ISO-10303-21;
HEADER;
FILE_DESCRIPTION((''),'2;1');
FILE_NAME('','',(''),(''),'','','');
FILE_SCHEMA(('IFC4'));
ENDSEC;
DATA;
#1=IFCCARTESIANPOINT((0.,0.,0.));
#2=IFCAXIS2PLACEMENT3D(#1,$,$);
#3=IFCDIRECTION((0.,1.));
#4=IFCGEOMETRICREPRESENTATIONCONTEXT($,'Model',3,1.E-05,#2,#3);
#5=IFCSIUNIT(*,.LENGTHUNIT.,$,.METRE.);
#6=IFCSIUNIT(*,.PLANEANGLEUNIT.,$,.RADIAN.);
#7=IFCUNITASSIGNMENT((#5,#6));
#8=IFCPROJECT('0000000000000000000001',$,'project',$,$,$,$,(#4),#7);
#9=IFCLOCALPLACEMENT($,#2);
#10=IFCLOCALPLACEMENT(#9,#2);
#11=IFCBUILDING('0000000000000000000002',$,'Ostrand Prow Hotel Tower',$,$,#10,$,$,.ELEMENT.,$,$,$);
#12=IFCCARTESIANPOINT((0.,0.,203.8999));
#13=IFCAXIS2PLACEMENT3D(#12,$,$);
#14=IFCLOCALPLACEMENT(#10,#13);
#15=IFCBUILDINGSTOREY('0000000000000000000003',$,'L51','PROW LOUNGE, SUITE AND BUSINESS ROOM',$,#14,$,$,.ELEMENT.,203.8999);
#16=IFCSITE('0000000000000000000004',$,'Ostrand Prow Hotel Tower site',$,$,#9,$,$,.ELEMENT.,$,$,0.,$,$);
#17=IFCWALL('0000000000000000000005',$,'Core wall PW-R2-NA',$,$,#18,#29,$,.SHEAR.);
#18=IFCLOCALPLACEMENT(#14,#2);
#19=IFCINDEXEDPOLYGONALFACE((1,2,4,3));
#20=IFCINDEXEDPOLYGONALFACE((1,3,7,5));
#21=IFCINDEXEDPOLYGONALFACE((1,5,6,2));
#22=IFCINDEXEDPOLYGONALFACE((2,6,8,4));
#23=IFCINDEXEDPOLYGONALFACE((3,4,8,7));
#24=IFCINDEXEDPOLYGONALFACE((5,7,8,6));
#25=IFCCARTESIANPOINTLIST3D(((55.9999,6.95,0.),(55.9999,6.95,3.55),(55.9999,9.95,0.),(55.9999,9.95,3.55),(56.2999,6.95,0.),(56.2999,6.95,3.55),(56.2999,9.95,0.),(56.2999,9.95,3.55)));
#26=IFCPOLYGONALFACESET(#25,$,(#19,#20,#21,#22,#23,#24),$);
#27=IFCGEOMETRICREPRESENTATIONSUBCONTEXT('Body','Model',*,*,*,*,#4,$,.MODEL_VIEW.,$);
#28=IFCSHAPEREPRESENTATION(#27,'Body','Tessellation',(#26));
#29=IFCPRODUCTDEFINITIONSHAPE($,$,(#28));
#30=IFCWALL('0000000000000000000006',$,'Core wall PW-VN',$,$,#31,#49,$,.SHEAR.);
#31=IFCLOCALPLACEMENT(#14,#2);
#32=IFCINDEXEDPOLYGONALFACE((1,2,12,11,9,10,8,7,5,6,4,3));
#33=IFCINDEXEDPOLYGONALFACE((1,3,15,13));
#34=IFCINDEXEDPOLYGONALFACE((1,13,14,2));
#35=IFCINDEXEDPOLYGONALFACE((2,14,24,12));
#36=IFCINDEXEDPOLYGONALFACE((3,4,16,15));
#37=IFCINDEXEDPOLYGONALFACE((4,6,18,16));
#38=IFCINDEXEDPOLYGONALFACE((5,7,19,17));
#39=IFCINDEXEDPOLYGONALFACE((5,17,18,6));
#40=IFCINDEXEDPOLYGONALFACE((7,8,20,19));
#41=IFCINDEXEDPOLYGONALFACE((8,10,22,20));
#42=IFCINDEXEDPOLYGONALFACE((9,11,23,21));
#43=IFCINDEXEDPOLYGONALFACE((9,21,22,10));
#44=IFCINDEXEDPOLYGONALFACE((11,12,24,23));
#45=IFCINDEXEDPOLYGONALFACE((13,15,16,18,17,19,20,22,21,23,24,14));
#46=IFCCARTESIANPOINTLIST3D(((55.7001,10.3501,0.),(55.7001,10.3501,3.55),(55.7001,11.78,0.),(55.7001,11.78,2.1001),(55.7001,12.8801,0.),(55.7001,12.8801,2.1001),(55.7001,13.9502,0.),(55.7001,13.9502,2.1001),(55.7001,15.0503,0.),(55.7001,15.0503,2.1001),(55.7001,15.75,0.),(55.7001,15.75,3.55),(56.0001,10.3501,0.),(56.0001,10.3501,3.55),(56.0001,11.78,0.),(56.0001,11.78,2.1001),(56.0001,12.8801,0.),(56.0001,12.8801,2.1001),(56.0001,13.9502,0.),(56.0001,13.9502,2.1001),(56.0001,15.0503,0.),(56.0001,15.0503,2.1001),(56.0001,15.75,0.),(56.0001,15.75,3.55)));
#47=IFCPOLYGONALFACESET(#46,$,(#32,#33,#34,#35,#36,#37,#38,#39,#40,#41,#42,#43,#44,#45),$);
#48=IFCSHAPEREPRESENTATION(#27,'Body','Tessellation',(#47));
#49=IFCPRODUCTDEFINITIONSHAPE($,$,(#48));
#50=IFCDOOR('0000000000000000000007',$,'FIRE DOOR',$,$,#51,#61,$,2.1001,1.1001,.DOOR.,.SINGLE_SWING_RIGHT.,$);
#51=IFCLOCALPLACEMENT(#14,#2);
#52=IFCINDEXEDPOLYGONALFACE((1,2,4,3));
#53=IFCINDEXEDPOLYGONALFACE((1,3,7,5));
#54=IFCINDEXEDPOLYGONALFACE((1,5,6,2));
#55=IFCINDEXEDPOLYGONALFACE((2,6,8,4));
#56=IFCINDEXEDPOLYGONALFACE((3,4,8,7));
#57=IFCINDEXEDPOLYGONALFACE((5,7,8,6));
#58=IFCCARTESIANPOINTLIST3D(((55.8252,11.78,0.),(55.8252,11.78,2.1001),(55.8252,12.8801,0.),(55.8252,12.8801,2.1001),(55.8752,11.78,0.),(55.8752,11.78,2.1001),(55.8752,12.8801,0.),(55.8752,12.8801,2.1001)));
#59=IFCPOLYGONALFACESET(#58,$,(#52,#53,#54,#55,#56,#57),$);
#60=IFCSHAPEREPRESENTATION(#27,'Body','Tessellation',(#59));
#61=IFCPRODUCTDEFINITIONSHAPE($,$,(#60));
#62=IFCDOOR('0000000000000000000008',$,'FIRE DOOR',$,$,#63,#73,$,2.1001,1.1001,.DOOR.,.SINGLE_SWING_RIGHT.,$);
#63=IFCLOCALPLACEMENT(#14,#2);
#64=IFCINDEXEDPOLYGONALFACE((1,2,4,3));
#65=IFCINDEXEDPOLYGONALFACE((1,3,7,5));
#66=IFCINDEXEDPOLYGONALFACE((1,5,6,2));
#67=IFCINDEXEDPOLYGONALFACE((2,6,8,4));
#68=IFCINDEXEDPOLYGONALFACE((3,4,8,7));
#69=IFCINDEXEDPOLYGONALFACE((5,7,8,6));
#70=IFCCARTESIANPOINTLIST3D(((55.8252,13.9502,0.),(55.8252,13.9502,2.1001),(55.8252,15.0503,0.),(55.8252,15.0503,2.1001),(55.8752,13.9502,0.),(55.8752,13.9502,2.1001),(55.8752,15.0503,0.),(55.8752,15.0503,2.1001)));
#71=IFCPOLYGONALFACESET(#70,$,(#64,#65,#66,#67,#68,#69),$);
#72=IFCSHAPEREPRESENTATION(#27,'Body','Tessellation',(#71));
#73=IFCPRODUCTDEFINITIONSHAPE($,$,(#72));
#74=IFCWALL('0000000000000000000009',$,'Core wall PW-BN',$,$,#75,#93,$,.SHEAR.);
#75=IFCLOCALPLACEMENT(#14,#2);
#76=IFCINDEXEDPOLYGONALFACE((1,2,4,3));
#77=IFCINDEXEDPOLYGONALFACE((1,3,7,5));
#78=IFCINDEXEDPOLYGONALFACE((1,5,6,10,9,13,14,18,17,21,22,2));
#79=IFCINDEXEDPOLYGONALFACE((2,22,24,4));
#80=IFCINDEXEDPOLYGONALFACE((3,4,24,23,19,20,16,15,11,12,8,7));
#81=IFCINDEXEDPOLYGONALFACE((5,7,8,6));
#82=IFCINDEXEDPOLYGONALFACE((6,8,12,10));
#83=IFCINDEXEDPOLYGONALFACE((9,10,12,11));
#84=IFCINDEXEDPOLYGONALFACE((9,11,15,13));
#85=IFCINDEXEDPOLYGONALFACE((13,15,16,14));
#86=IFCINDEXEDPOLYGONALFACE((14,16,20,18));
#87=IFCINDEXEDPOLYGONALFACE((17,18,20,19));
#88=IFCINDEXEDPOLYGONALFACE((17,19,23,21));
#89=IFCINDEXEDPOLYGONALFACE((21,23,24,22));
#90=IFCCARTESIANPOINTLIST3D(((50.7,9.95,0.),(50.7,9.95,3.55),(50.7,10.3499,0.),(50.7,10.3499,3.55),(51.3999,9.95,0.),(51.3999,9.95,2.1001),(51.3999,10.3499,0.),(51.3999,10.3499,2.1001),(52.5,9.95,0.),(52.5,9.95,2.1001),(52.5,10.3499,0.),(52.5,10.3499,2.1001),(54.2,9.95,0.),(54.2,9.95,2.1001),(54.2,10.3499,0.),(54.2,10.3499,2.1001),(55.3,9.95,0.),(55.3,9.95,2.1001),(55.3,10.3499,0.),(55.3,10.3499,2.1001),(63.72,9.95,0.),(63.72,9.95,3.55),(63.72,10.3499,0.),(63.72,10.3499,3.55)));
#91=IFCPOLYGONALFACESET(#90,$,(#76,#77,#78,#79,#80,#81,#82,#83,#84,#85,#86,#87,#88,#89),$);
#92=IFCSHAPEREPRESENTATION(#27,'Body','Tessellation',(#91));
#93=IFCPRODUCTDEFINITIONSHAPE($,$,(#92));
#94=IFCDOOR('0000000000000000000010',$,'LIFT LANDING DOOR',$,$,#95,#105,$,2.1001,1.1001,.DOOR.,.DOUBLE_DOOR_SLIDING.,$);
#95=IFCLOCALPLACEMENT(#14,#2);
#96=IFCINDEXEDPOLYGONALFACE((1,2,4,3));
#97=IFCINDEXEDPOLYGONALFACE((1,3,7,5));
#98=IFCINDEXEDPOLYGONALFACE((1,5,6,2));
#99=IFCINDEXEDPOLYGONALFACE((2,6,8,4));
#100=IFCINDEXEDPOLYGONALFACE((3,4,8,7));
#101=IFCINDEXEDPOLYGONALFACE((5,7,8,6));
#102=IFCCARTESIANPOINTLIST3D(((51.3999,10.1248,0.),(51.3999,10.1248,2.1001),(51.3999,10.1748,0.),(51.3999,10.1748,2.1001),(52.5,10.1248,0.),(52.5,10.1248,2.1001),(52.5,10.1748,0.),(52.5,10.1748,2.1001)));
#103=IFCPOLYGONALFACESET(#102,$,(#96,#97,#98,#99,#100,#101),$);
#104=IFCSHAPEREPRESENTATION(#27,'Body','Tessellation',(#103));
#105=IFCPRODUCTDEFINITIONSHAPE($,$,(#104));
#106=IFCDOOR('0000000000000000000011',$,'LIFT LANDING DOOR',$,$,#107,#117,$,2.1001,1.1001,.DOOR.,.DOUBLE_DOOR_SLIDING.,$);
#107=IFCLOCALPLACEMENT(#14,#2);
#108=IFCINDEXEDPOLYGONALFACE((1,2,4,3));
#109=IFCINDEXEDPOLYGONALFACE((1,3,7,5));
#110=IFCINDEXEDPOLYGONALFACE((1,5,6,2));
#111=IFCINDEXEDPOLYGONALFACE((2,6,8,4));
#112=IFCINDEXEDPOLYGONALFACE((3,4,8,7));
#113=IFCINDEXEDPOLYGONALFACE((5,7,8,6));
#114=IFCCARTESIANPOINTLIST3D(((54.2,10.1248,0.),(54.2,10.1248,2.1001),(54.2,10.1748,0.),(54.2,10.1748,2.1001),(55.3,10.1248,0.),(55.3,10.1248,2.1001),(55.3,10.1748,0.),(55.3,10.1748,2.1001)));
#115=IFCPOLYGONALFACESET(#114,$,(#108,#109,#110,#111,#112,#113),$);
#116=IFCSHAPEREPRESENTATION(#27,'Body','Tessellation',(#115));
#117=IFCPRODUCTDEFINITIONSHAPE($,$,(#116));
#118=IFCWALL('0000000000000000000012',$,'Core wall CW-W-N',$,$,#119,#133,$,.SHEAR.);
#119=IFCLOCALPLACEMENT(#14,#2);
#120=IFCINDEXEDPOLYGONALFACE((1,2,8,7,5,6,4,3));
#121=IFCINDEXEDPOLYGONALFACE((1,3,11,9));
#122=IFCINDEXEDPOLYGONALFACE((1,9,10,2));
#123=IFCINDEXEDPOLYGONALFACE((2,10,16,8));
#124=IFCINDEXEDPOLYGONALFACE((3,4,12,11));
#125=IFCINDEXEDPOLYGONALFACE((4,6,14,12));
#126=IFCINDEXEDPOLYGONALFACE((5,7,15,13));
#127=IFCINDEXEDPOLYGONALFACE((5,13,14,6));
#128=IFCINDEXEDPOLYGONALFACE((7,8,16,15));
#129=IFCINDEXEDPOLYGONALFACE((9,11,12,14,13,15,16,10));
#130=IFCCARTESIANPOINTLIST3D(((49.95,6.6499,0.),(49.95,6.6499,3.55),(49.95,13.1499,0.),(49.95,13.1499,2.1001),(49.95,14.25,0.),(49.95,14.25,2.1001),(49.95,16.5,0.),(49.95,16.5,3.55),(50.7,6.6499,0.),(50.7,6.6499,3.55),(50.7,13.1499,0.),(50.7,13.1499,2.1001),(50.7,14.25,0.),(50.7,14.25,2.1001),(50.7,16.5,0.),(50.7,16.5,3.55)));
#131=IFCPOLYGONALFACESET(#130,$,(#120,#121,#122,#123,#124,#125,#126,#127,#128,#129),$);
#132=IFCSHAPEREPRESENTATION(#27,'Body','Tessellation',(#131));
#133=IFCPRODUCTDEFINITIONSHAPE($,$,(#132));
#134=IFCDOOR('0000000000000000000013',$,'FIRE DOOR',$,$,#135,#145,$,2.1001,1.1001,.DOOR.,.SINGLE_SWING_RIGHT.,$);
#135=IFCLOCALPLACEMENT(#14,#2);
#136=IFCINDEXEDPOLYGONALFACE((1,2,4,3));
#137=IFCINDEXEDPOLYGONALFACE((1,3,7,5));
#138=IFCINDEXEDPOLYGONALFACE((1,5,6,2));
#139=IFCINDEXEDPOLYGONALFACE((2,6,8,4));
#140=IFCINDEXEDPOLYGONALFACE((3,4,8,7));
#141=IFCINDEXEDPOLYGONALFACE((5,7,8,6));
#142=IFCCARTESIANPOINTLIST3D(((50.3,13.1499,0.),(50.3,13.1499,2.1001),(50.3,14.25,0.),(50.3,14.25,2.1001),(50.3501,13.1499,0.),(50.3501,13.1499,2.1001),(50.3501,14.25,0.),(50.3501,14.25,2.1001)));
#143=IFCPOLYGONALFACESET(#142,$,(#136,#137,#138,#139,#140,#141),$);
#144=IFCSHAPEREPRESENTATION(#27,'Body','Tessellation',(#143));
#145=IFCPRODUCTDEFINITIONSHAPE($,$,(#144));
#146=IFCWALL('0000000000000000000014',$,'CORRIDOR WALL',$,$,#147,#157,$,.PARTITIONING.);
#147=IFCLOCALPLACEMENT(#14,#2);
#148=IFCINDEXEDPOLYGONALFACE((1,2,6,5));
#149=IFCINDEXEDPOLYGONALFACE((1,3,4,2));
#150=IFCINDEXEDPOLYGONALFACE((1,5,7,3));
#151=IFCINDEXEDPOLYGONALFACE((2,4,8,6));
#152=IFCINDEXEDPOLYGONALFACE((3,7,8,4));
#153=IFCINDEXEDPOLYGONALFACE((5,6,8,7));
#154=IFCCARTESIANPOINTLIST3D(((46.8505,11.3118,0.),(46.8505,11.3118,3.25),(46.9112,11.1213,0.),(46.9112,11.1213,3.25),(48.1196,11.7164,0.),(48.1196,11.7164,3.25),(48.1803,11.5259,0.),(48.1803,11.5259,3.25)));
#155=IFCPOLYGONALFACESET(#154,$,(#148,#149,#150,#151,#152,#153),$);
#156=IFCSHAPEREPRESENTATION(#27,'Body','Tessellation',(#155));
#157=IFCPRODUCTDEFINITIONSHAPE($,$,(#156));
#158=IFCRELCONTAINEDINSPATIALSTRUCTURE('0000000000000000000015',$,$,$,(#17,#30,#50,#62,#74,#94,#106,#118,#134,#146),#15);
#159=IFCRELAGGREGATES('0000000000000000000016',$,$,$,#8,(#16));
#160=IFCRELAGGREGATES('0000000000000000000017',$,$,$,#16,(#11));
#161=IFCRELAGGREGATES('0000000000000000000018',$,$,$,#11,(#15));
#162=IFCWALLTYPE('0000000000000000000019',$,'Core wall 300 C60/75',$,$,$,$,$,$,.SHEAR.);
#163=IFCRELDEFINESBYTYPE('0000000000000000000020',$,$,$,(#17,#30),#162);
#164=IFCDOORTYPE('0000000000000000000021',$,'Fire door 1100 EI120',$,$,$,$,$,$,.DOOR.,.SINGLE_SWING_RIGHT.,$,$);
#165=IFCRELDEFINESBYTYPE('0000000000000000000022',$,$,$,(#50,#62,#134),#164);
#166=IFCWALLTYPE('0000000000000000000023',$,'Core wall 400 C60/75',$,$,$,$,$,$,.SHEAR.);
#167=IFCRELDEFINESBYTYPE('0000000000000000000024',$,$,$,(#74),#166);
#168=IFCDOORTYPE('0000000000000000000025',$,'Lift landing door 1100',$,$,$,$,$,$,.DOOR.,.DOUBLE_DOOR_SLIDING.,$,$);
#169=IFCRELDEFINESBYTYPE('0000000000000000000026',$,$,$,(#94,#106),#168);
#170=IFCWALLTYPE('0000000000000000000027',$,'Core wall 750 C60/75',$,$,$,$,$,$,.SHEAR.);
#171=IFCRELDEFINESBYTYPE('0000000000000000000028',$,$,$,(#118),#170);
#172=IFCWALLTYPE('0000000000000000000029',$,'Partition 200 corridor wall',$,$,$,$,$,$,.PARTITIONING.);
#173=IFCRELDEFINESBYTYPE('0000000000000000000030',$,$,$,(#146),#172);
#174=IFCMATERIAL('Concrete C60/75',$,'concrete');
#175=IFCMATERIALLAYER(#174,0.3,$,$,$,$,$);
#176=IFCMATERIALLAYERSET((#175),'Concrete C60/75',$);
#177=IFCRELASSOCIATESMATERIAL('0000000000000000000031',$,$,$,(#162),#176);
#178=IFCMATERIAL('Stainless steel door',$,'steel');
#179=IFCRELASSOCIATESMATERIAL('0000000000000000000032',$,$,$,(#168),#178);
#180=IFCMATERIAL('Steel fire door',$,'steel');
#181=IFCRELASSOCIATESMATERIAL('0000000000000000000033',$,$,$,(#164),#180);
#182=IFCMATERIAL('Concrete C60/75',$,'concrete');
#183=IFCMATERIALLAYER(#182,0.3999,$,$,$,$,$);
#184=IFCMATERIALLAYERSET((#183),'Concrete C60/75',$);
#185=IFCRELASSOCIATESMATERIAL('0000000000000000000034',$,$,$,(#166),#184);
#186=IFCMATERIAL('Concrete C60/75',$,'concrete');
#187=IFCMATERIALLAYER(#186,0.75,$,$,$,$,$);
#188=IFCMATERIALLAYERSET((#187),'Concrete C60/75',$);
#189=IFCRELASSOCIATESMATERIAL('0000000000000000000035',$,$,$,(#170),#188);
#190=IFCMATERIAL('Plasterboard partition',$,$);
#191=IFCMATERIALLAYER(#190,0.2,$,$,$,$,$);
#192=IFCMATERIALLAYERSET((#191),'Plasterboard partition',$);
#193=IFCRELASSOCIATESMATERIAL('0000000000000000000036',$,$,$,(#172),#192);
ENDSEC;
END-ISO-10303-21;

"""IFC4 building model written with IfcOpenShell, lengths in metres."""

from ifc_helpers import new_model, si_unit, direction, frame, frame_2d, origin, place, context, subcontext, project, spatial, rectangle, extrude, material, layer, layer_set, type_object, element, fill, save


model = new_model("IFC4")

# Units and contexts
model_context = context("Model", 3, precision=1e-05, world=origin(), true_north=direction((0.0, 1.0)))
body_context = subcontext(model_context, "Body", "Model", "MODEL_VIEW")
ifc_project = project(units=[si_unit("LENGTHUNIT", "METRE"), si_unit("PLANEANGLEUNIT", "RADIAN")], contexts=[model_context])

# Site, building, storey
site_placement = place(None, origin())
site = spatial("IfcSite", under=ifc_project, at=site_placement, Name="Ostrand Prow Hotel Tower site", CompositionType="ELEMENT", RefElevation=0.0)
building_placement = place(site_placement, origin())
building = spatial("IfcBuilding", under=site, at=building_placement, Name="Ostrand Prow Hotel Tower", CompositionType="ELEMENT")
storey_placement = place(building_placement, frame((0.0, 0.0, 203.8999)))
storey = spatial("IfcBuildingStorey", under=building, at=storey_placement, Name="L51", Description="PROW LOUNGE, SUITE AND BUSINESS ROOM", CompositionType="ELEMENT", Elevation=203.8999)

# Shared definitions
ifc_material_1 = material(Name="Concrete C60/75", Category="concrete")
ifc_layer_1 = layer(ifc_material_1, 0.3)
ifc_layer_set_1 = layer_set([ifc_layer_1], Name="Concrete C60/75")
wall_type_1 = type_object("IfcWallType", Name="Core wall 300 C60/75", PredefinedType="SHEAR", material=ifc_layer_set_1)
ifc_material_2 = material(Name="Stainless steel door", Category="steel")
door_type_1 = type_object("IfcDoorType", Name="Lift landing door 1100", OperationType="DOUBLE_DOOR_SLIDING", PredefinedType="DOOR", material=ifc_material_2)

# Wall
for number, where, z_axis, x_axis, name in (
    (1, (56.1499, 6.95, 0.0), (0.0, 0.0, 1.0), (0.0, 1.0, 0.0), "Core wall PW-R2-NA"),
):
    element("IfcWall", number, at=place(storey_placement, frame(where, z_axis=z_axis, x_axis=x_axis)), inside=storey, type_object=wall_type_1, Name=name, PredefinedType="SHEAR", context=body_context, shape_type="SweptSolid", body=[
        extrude(rectangle(XDim=3.0, YDim=0.3, at=frame_2d((1.5, 0.0))), origin(), (0.0, 0.0, 1.0), 3.55),
    ])

# Walls, openings, doors
wall_1_placement = place(storey_placement, frame((55.8501, 10.3501, 0.0), z_axis=(0.0, 0.0, 1.0), x_axis=(0.0, 1.0, 0.0)))
wall_1 = element("IfcWall", 2, at=wall_1_placement, inside=storey, type_object=wall_type_1, Name="Core wall PW-VN", PredefinedType="SHEAR", context=body_context, shape_type="SweptSolid", body=[
    extrude(rectangle(XDim=5.3999, YDim=0.3, at=frame_2d((2.7, 0.0))), origin(), (0.0, 0.0, 1.0), 3.55),
])
opening_1_placement = place(wall_1_placement, frame((1.4299, 0.0, 0.0)))
opening_1 = element("IfcOpeningElement", 3, at=opening_1_placement, cuts=wall_1, PredefinedType="OPENING", context=body_context, shape_type="SweptSolid", body=[
    extrude(rectangle(XDim=1.1001, YDim=2.1001, at=frame_2d((0.55, 1.05))), frame((0.0, 0.1599, 0.0), z_axis=(0.0, -1.0, 0.0), x_axis=(1.0, 0.0, 0.0)), (0.0, 0.0, 1.0), 0.3201),
])
opening_2_placement = place(wall_1_placement, frame((3.6001, 0.0, 0.0)))
opening_2 = element("IfcOpeningElement", 4, at=opening_2_placement, cuts=wall_1, PredefinedType="OPENING", context=body_context, shape_type="SweptSolid", body=[
    extrude(rectangle(XDim=1.1001, YDim=2.1001, at=frame_2d((0.55, 1.05))), frame((0.0, 0.1599, 0.0), z_axis=(0.0, -1.0, 0.0), x_axis=(1.0, 0.0, 0.0)), (0.0, 0.0, 1.0), 0.3201),
])
ifc_material_3 = material(Name="Steel fire door", Category="steel")
door_type_2 = type_object("IfcDoorType", Name="Fire door 1100 EI120", OperationType="SINGLE_SWING_RIGHT", PredefinedType="DOOR", material=ifc_material_3)
door_1_placement = place(opening_1_placement, origin())
door_1 = element("IfcDoor", 5, at=door_1_placement, inside=storey, type_object=door_type_2, Name="FIRE DOOR", OperationType="SINGLE_SWING_RIGHT", OverallHeight=2.1001, OverallWidth=1.1001, PredefinedType="DOOR", context=body_context, shape_type="SweptSolid", body=[
    extrude(rectangle(XDim=1.1001, YDim=2.1001, at=frame_2d((0.55, 1.05))), frame((0.0, 0.0249, 0.0), z_axis=(0.0, -1.0, 0.0), x_axis=(1.0, 0.0, 0.0)), (0.0, 0.0, 1.0), 0.05),
])
fill(opening_1, door_1)
door_2_placement = place(opening_2_placement, origin())
door_2 = element("IfcDoor", 6, at=door_2_placement, inside=storey, type_object=door_type_2, Name="FIRE DOOR", OperationType="SINGLE_SWING_RIGHT", OverallHeight=2.1001, OverallWidth=1.1001, PredefinedType="DOOR", context=body_context, shape_type="SweptSolid", body=[
    extrude(rectangle(XDim=1.1001, YDim=2.1001, at=frame_2d((0.55, 1.05))), frame((0.0, 0.0249, 0.0), z_axis=(0.0, -1.0, 0.0), x_axis=(1.0, 0.0, 0.0)), (0.0, 0.0, 1.0), 0.05),
])
fill(opening_2, door_2)
ifc_material_4 = material(Name="Concrete C60/75", Category="concrete")
ifc_layer_2 = layer(ifc_material_4, 0.3999)
ifc_layer_set_2 = layer_set([ifc_layer_2], Name="Concrete C60/75")
wall_type_2 = type_object("IfcWallType", Name="Core wall 400 C60/75", PredefinedType="SHEAR", material=ifc_layer_set_2)
wall_2_placement = place(storey_placement, frame((50.7, 10.1499, 0.0), z_axis=(0.0, 0.0, 1.0), x_axis=(1.0, 0.0, 0.0)))
wall_2 = element("IfcWall", 7, at=wall_2_placement, inside=storey, type_object=wall_type_2, Name="Core wall PW-BN", PredefinedType="SHEAR", context=body_context, shape_type="SweptSolid", body=[
    extrude(rectangle(XDim=13.02, YDim=0.3999, at=frame_2d((6.51, 0.0))), origin(), (0.0, 0.0, 1.0), 3.55),
])
opening_3_placement = place(wall_2_placement, frame((0.7, 0.0, 0.0)))
opening_3 = element("IfcOpeningElement", 8, at=opening_3_placement, cuts=wall_2, PredefinedType="OPENING", context=body_context, shape_type="SweptSolid", body=[
    extrude(rectangle(XDim=1.1001, YDim=2.1001, at=frame_2d((0.55, 1.05))), frame((0.0, 0.21, 0.0), z_axis=(0.0, -1.0, 0.0), x_axis=(1.0, 0.0, 0.0)), (0.0, 0.0, 1.0), 0.4199),
])
opening_4_placement = place(wall_2_placement, frame((3.5, 0.0, 0.0)))
opening_4 = element("IfcOpeningElement", 9, at=opening_4_placement, cuts=wall_2, PredefinedType="OPENING", context=body_context, shape_type="SweptSolid", body=[
    extrude(rectangle(XDim=1.1001, YDim=2.1001, at=frame_2d((0.55, 1.05))), frame((0.0, 0.21, 0.0), z_axis=(0.0, -1.0, 0.0), x_axis=(1.0, 0.0, 0.0)), (0.0, 0.0, 1.0), 0.4199),
])
door_3_placement = place(opening_3_placement, origin())
door_3 = element("IfcDoor", 10, at=door_3_placement, inside=storey, type_object=door_type_1, Name="LIFT LANDING DOOR", OperationType="DOUBLE_DOOR_SLIDING", OverallHeight=2.1001, OverallWidth=1.1001, PredefinedType="DOOR", context=body_context, shape_type="SweptSolid", body=[
    extrude(rectangle(XDim=1.1001, YDim=2.1001, at=frame_2d((0.55, 1.05))), frame((0.0, 0.0249, 0.0), z_axis=(0.0, -1.0, 0.0), x_axis=(1.0, 0.0, 0.0)), (0.0, 0.0, 1.0), 0.05),
])
fill(opening_3, door_3)
door_4_placement = place(opening_4_placement, origin())
door_4 = element("IfcDoor", 11, at=door_4_placement, inside=storey, type_object=door_type_1, Name="LIFT LANDING DOOR", OperationType="DOUBLE_DOOR_SLIDING", OverallHeight=2.1001, OverallWidth=1.1001, PredefinedType="DOOR", context=body_context, shape_type="SweptSolid", body=[
    extrude(rectangle(XDim=1.1001, YDim=2.1001, at=frame_2d((0.55, 1.05))), frame((0.0, 0.0249, 0.0), z_axis=(0.0, -1.0, 0.0), x_axis=(1.0, 0.0, 0.0)), (0.0, 0.0, 1.0), 0.05),
])
fill(opening_4, door_4)

# Wall, opening, door
ifc_material_5 = material(Name="Concrete C60/75", Category="concrete")
ifc_layer_3 = layer(ifc_material_5, 0.75)
ifc_layer_set_3 = layer_set([ifc_layer_3], Name="Concrete C60/75")
wall_type_3 = type_object("IfcWallType", Name="Core wall 750 C60/75", PredefinedType="SHEAR", material=ifc_layer_set_3)
wall_3_placement = place(storey_placement, frame((50.325, 6.6499, 0.0), z_axis=(0.0, 0.0, 1.0), x_axis=(0.0, 1.0, 0.0)))
wall_3 = element("IfcWall", 12, at=wall_3_placement, inside=storey, type_object=wall_type_3, Name="Core wall CW-W-N", PredefinedType="SHEAR", context=body_context, shape_type="SweptSolid", body=[
    extrude(rectangle(XDim=9.8501, YDim=0.75, at=frame_2d((4.925, 0.0))), origin(), (0.0, 0.0, 1.0), 3.55),
])
opening_5_placement = place(wall_3_placement, frame((6.5, 0.0, 0.0)))
opening_5 = element("IfcOpeningElement", 13, at=opening_5_placement, cuts=wall_3, PredefinedType="OPENING", context=body_context, shape_type="SweptSolid", body=[
    extrude(rectangle(XDim=1.1001, YDim=2.1001, at=frame_2d((0.55, 1.05))), frame((0.0, 0.385, 0.0), z_axis=(0.0, -1.0, 0.0), x_axis=(1.0, 0.0, 0.0)), (0.0, 0.0, 1.0), 0.77),
])
door_5_placement = place(opening_5_placement, origin())
door_5 = element("IfcDoor", 14, at=door_5_placement, inside=storey, type_object=door_type_2, Name="FIRE DOOR", OperationType="SINGLE_SWING_RIGHT", OverallHeight=2.1001, OverallWidth=1.1001, PredefinedType="DOOR", context=body_context, shape_type="SweptSolid", body=[
    extrude(rectangle(XDim=1.1001, YDim=2.1001, at=frame_2d((0.55, 1.05))), frame((0.0, 0.0249, 0.0), z_axis=(0.0, -1.0, 0.0), x_axis=(1.0, 0.0, 0.0)), (0.0, 0.0, 1.0), 0.05),
])
fill(opening_5, door_5)

# Wall
ifc_material_6 = material(Name="Plasterboard partition")
ifc_layer_4 = layer(ifc_material_6, 0.2)
ifc_layer_set_4 = layer_set([ifc_layer_4], Name="Plasterboard partition")
wall_type_4 = type_object("IfcWallType", Name="Partition 200 corridor wall", PredefinedType="PARTITIONING", material=ifc_layer_set_4)
wall_4_placement = place(storey_placement, frame((46.8809, 11.2166, 0.0), z_axis=(0.0, 0.0, 1.0), x_axis=(0.952762, 0.303718, 0.0)))
element("IfcWall", 15, at=wall_4_placement, inside=storey, type_object=wall_type_4, Name="CORRIDOR WALL", PredefinedType="PARTITIONING", context=body_context, shape_type="SweptSolid", body=[
    extrude(rectangle(XDim=1.332, YDim=0.2, at=frame_2d((0.666, 0.0))), origin(), (0.0, 0.0, 1.0), 3.25),
])

save(model, "model.ifc")
